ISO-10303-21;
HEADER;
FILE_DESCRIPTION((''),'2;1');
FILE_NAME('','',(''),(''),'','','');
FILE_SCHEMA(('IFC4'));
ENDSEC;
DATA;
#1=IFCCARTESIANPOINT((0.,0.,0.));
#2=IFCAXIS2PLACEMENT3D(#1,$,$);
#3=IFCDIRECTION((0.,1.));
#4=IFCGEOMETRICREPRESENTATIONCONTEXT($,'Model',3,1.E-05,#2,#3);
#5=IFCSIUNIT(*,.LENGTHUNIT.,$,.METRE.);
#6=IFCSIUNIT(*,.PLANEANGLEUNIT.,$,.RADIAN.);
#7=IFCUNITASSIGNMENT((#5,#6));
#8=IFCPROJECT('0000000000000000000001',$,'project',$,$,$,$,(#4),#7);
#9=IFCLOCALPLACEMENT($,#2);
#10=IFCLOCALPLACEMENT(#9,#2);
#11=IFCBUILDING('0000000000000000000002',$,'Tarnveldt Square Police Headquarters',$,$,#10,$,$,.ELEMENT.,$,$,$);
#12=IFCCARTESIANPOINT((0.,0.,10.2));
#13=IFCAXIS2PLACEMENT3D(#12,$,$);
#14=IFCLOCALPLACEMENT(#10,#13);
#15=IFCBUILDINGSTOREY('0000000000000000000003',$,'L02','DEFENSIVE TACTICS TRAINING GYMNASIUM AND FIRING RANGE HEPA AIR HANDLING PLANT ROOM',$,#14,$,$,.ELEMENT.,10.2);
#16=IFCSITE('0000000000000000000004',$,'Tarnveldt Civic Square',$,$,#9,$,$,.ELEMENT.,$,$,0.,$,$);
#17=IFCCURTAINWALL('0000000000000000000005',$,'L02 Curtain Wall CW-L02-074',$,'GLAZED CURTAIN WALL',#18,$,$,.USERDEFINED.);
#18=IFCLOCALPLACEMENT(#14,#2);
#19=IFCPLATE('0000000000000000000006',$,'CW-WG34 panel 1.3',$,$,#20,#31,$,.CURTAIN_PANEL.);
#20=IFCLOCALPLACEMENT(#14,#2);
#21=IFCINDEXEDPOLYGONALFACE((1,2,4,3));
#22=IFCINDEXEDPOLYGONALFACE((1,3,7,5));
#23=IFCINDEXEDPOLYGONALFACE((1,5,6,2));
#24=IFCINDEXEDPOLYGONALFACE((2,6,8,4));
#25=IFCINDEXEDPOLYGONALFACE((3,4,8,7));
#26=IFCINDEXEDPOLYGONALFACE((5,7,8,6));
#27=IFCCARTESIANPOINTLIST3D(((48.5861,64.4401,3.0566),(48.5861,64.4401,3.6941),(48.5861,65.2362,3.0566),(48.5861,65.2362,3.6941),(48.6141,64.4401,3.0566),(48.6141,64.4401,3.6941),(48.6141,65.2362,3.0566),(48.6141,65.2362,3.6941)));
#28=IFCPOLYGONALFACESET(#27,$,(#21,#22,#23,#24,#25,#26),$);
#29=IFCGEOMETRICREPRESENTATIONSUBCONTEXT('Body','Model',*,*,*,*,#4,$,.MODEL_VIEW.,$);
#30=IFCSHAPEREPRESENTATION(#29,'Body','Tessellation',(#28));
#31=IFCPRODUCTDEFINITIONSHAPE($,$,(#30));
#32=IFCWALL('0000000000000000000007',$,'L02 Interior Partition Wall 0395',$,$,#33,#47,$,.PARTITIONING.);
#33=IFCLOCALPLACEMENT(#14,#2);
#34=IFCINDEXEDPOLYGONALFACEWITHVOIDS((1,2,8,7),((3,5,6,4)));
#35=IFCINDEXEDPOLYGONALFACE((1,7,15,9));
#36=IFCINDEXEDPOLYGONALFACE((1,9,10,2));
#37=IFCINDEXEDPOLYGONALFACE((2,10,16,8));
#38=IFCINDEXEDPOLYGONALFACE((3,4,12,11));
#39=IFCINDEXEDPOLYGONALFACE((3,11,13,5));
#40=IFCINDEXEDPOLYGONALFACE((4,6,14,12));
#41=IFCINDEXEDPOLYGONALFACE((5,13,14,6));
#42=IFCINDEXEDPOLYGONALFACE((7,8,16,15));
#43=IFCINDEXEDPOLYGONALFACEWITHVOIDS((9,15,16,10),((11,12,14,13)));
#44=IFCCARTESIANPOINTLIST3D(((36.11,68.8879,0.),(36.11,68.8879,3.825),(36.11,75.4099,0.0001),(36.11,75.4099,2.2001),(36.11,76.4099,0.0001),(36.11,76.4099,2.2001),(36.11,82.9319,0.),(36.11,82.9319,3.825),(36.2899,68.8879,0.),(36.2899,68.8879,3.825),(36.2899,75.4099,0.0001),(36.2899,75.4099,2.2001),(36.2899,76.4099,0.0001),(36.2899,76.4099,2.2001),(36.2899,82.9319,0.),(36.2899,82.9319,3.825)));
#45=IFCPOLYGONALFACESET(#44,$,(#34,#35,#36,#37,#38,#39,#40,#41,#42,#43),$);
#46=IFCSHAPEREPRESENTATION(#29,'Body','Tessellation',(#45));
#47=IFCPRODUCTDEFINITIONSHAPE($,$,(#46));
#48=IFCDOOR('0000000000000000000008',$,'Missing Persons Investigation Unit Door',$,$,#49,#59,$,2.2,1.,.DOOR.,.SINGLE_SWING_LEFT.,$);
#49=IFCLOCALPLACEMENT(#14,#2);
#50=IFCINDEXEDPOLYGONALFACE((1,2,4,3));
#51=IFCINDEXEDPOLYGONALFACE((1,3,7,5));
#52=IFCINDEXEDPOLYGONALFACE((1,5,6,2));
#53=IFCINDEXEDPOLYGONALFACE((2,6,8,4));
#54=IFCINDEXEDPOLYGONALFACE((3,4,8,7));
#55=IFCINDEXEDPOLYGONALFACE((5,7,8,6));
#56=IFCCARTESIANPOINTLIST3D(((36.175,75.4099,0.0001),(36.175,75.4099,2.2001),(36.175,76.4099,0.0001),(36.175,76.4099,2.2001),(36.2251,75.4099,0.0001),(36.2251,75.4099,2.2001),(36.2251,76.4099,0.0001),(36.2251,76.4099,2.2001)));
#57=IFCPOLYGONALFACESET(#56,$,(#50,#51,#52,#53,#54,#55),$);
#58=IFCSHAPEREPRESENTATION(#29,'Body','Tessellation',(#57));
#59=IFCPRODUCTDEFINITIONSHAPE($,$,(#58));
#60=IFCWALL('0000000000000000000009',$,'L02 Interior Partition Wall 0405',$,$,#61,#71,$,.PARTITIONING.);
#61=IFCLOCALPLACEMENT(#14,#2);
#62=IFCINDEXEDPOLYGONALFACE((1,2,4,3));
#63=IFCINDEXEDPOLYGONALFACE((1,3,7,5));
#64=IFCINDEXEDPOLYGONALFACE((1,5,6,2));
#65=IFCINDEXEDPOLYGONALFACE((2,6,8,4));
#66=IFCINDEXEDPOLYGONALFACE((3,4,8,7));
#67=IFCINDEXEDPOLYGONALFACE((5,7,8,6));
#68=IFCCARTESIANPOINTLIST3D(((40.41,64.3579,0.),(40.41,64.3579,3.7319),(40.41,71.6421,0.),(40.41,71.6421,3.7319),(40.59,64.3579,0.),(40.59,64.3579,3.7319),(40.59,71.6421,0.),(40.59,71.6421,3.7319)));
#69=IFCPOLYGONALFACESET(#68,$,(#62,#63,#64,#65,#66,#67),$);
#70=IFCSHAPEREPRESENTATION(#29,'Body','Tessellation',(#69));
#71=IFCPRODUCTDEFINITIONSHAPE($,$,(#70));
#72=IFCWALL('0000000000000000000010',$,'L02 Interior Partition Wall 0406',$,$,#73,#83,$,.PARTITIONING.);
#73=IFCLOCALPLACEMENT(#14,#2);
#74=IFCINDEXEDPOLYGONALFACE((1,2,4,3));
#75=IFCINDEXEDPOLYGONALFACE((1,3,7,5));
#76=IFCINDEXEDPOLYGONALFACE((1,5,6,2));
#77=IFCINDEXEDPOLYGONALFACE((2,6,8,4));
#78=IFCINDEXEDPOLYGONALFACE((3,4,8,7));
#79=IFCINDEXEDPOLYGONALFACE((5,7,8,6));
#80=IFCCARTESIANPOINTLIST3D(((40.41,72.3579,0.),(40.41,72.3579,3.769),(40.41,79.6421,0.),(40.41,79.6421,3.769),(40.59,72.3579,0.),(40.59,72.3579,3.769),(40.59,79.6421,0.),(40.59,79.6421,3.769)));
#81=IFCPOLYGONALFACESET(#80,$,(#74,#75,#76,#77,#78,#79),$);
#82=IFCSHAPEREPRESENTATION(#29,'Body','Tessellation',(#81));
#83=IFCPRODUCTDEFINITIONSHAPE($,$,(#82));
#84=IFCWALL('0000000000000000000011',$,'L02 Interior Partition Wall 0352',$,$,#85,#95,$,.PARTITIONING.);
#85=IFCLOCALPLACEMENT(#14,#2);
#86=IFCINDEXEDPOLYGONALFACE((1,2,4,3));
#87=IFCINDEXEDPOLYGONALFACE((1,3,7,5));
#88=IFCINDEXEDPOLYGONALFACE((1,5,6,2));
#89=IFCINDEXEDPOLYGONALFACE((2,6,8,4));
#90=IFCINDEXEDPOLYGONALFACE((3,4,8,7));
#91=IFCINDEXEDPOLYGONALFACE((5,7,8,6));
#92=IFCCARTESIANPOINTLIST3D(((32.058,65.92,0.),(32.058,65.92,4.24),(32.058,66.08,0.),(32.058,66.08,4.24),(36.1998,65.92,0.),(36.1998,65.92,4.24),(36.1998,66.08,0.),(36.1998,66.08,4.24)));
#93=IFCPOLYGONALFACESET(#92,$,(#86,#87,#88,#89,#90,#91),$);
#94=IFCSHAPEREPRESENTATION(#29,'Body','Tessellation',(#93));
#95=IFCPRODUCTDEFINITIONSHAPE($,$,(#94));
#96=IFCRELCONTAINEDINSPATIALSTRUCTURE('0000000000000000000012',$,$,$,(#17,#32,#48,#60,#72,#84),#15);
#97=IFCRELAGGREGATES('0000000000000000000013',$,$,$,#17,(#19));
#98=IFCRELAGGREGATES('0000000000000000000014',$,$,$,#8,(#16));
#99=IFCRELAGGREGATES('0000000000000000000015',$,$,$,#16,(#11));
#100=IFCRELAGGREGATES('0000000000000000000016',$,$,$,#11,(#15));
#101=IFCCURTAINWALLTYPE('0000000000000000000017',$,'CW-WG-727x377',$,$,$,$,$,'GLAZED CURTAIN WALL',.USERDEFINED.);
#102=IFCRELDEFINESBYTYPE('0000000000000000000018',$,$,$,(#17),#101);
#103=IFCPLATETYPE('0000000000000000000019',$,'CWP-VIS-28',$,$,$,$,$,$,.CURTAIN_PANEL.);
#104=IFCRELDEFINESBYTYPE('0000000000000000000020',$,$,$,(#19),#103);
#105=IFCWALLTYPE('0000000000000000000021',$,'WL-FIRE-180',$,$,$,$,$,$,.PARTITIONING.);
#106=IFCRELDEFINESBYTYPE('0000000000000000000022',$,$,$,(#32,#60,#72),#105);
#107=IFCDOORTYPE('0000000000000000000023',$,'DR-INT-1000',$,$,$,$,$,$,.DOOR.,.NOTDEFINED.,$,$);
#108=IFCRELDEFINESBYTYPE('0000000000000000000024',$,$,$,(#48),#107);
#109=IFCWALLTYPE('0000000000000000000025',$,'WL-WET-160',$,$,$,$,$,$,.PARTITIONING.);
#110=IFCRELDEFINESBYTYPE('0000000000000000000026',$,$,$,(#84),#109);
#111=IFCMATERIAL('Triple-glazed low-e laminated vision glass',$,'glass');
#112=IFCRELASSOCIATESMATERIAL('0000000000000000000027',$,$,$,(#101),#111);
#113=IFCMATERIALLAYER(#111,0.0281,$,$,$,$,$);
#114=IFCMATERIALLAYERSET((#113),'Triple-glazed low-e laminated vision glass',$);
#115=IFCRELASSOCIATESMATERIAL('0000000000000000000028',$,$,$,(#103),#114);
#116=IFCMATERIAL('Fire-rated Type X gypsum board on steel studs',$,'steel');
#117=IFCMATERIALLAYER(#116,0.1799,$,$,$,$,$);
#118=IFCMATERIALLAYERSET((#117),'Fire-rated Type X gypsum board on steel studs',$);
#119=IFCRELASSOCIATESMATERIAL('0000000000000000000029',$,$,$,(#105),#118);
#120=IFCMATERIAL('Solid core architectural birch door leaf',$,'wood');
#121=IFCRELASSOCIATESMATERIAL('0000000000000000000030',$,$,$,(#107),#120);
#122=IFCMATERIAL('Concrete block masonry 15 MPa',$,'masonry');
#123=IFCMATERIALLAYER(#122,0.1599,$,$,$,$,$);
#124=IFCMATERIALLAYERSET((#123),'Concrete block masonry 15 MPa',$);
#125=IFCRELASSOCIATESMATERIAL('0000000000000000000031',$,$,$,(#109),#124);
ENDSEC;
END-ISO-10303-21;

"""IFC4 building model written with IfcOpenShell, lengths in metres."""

from ifc_helpers import new_model, si_unit, direction, frame, frame_2d, origin, origin_2d, place, context, subcontext, project, spatial, rectangle, extrude, material, layer, layer_set, type_object, element, fill, aggregate, save


model = new_model("IFC4")

# Units and contexts
model_context = context("Model", 3, precision=1e-05, world=origin(), true_north=direction((0.0, 1.0)))
body_context = subcontext(model_context, "Body", "Model", "MODEL_VIEW")
ifc_project = project(units=[si_unit("LENGTHUNIT", "METRE"), si_unit("PLANEANGLEUNIT", "RADIAN")], contexts=[model_context])

# Site, building, storey
site_placement = place(None, origin())
site = spatial("IfcSite", under=ifc_project, at=site_placement, Name="Tarnveldt Civic Square", CompositionType="ELEMENT", RefElevation=0.0)
building_placement = place(site_placement, origin())
building = spatial("IfcBuilding", under=site, at=building_placement, Name="Tarnveldt Square Police Headquarters", CompositionType="ELEMENT")
storey_placement = place(building_placement, frame((0.0, 0.0, 10.2)))
storey = spatial("IfcBuildingStorey", under=building, at=storey_placement, Name="L02", Description="DEFENSIVE TACTICS TRAINING GYMNASIUM AND FIRING RANGE HEPA AIR HANDLING PLANT ROOM", CompositionType="ELEMENT", Elevation=10.2)

# Curtain wall, plate
ifc_material_1 = material(Name="Triple-glazed low-e laminated vision glass", Category="glass")
curtain_wall_type = type_object("IfcCurtainWallType", Name="CW-WG-727x377", ElementType="GLAZED CURTAIN WALL", PredefinedType="USERDEFINED", material=ifc_material_1)
curtain_wall_placement = place(storey_placement, origin())
curtain_wall = element("IfcCurtainWall", 1, at=curtain_wall_placement, inside=storey, type_object=curtain_wall_type, Name="L02 Curtain Wall CW-L02-074", ObjectType="GLAZED CURTAIN WALL", PredefinedType="USERDEFINED")
ifc_layer_1 = layer(ifc_material_1, 0.0281)
ifc_layer_set_1 = layer_set([ifc_layer_1], Name="Triple-glazed low-e laminated vision glass")
plate_type = type_object("IfcPlateType", Name="CWP-VIS-28", PredefinedType="CURTAIN_PANEL", material=ifc_layer_set_1)
plate_1_placement = place(storey_placement, frame((48.6001, 64.8381, 3.0566), z_axis=(0.0, 0.0, 1.0), x_axis=(0.0, 1.0, 0.0)))
plate_1 = element("IfcPlate", 2, at=plate_1_placement, type_object=plate_type, Name="CW-WG34 panel 1.3", PredefinedType="CURTAIN_PANEL", context=body_context, shape_type="SweptSolid", body=[
    extrude(rectangle(XDim=0.7961, YDim=0.0281, at=origin_2d()), origin(), (0.0, 0.0, 1.0), 0.6375),
])
aggregate(curtain_wall, [plate_1])

# Wall, opening, door
ifc_material_2 = material(Name="Fire-rated Type X gypsum board on steel studs", Category="steel")
ifc_layer_2 = layer(ifc_material_2, 0.1799)
ifc_layer_set_2 = layer_set([ifc_layer_2], Name="Fire-rated Type X gypsum board on steel studs")
wall_type_1 = type_object("IfcWallType", Name="WL-FIRE-180", PredefinedType="PARTITIONING", material=ifc_layer_set_2)
ifc_material_3 = material(Name="Solid core architectural birch door leaf", Category="wood")
wall_1_placement = place(storey_placement, frame((36.2, 68.8879, 0.0), z_axis=(0.0, 0.0, 1.0), x_axis=(0.0, 1.0, 0.0)))
wall_1 = element("IfcWall", 3, at=wall_1_placement, inside=storey, type_object=wall_type_1, Name="L02 Interior Partition Wall 0395", PredefinedType="PARTITIONING", context=body_context, shape_type="SweptSolid", body=[
    extrude(rectangle(XDim=14.0439, YDim=0.1799, at=frame_2d((7.022, 0.0))), origin(), (0.0, 0.0, 1.0), 3.825),
])
opening_1_placement = place(wall_1_placement, frame((6.522, 0.0, 0.0)))
opening_1 = element("IfcOpeningElement", 4, at=opening_1_placement, cuts=wall_1, PredefinedType="OPENING", context=body_context, shape_type="SweptSolid", body=[
    extrude(rectangle(XDim=1.0, YDim=2.2, at=frame_2d((0.5, 1.1001))), frame((0.0, 0.0999, 0.0), z_axis=(0.0, -1.0, 0.0), x_axis=(1.0, 0.0, 0.0)), (0.0, 0.0, 1.0), 0.2),
])
door_type_1 = type_object("IfcDoorType", Name="DR-INT-1000", OperationType="NOTDEFINED", PredefinedType="DOOR", material=ifc_material_3)
door_1_placement = place(opening_1_placement, origin())
door_1 = element("IfcDoor", 5, at=door_1_placement, inside=storey, type_object=door_type_1, Name="Missing Persons Investigation Unit Door", OperationType="SINGLE_SWING_LEFT", OverallHeight=2.2, OverallWidth=1.0, PredefinedType="DOOR", context=body_context, shape_type="SweptSolid", body=[
    extrude(rectangle(XDim=1.0, YDim=2.2, at=frame_2d((0.5, 1.1001))), frame((0.0, 0.0249, 0.0), z_axis=(0.0, -1.0, 0.0), x_axis=(1.0, 0.0, 0.0)), (0.0, 0.0, 1.0), 0.05),
])
fill(opening_1, door_1)

# Walls
wall_2_placement = place(storey_placement, frame((40.5, 64.3579, 0.0), z_axis=(0.0, 0.0, 1.0), x_axis=(0.0, 1.0, 0.0)))
element("IfcWall", 6, at=wall_2_placement, inside=storey, type_object=wall_type_1, Name="L02 Interior Partition Wall 0405", PredefinedType="PARTITIONING", context=body_context, shape_type="SweptSolid", body=[
    extrude(rectangle(XDim=7.2842, YDim=0.1799, at=frame_2d((3.6421, 0.0))), origin(), (0.0, 0.0, 1.0), 3.7319),
])
wall_3_placement = place(storey_placement, frame((40.5, 72.3579, 0.0), z_axis=(0.0, 0.0, 1.0), x_axis=(0.0, 1.0, 0.0)))
element("IfcWall", 7, at=wall_3_placement, inside=storey, type_object=wall_type_1, Name="L02 Interior Partition Wall 0406", PredefinedType="PARTITIONING", context=body_context, shape_type="SweptSolid", body=[
    extrude(rectangle(XDim=7.2842, YDim=0.1799, at=frame_2d((3.6421, 0.0))), origin(), (0.0, 0.0, 1.0), 3.769),
])
ifc_material_4 = material(Name="Concrete block masonry 15 MPa", Category="masonry")
ifc_layer_3 = layer(ifc_material_4, 0.1599)
ifc_layer_set_3 = layer_set([ifc_layer_3], Name="Concrete block masonry 15 MPa")
wall_type_2 = type_object("IfcWallType", Name="WL-WET-160", PredefinedType="PARTITIONING", material=ifc_layer_set_3)
wall_4_placement = place(storey_placement, frame((32.0581, 66.0, 0.0), z_axis=(0.0, 0.0, 1.0), x_axis=(1.0, 0.0, 0.0)))
element("IfcWall", 8, at=wall_4_placement, inside=storey, type_object=wall_type_2, Name="L02 Interior Partition Wall 0352", PredefinedType="PARTITIONING", context=body_context, shape_type="SweptSolid", body=[
    extrude(rectangle(XDim=4.1418, YDim=0.1599, at=frame_2d((2.0708, 0.0))), origin(), (0.0, 0.0, 1.0), 4.24),
])

save(model, "model.ifc")
